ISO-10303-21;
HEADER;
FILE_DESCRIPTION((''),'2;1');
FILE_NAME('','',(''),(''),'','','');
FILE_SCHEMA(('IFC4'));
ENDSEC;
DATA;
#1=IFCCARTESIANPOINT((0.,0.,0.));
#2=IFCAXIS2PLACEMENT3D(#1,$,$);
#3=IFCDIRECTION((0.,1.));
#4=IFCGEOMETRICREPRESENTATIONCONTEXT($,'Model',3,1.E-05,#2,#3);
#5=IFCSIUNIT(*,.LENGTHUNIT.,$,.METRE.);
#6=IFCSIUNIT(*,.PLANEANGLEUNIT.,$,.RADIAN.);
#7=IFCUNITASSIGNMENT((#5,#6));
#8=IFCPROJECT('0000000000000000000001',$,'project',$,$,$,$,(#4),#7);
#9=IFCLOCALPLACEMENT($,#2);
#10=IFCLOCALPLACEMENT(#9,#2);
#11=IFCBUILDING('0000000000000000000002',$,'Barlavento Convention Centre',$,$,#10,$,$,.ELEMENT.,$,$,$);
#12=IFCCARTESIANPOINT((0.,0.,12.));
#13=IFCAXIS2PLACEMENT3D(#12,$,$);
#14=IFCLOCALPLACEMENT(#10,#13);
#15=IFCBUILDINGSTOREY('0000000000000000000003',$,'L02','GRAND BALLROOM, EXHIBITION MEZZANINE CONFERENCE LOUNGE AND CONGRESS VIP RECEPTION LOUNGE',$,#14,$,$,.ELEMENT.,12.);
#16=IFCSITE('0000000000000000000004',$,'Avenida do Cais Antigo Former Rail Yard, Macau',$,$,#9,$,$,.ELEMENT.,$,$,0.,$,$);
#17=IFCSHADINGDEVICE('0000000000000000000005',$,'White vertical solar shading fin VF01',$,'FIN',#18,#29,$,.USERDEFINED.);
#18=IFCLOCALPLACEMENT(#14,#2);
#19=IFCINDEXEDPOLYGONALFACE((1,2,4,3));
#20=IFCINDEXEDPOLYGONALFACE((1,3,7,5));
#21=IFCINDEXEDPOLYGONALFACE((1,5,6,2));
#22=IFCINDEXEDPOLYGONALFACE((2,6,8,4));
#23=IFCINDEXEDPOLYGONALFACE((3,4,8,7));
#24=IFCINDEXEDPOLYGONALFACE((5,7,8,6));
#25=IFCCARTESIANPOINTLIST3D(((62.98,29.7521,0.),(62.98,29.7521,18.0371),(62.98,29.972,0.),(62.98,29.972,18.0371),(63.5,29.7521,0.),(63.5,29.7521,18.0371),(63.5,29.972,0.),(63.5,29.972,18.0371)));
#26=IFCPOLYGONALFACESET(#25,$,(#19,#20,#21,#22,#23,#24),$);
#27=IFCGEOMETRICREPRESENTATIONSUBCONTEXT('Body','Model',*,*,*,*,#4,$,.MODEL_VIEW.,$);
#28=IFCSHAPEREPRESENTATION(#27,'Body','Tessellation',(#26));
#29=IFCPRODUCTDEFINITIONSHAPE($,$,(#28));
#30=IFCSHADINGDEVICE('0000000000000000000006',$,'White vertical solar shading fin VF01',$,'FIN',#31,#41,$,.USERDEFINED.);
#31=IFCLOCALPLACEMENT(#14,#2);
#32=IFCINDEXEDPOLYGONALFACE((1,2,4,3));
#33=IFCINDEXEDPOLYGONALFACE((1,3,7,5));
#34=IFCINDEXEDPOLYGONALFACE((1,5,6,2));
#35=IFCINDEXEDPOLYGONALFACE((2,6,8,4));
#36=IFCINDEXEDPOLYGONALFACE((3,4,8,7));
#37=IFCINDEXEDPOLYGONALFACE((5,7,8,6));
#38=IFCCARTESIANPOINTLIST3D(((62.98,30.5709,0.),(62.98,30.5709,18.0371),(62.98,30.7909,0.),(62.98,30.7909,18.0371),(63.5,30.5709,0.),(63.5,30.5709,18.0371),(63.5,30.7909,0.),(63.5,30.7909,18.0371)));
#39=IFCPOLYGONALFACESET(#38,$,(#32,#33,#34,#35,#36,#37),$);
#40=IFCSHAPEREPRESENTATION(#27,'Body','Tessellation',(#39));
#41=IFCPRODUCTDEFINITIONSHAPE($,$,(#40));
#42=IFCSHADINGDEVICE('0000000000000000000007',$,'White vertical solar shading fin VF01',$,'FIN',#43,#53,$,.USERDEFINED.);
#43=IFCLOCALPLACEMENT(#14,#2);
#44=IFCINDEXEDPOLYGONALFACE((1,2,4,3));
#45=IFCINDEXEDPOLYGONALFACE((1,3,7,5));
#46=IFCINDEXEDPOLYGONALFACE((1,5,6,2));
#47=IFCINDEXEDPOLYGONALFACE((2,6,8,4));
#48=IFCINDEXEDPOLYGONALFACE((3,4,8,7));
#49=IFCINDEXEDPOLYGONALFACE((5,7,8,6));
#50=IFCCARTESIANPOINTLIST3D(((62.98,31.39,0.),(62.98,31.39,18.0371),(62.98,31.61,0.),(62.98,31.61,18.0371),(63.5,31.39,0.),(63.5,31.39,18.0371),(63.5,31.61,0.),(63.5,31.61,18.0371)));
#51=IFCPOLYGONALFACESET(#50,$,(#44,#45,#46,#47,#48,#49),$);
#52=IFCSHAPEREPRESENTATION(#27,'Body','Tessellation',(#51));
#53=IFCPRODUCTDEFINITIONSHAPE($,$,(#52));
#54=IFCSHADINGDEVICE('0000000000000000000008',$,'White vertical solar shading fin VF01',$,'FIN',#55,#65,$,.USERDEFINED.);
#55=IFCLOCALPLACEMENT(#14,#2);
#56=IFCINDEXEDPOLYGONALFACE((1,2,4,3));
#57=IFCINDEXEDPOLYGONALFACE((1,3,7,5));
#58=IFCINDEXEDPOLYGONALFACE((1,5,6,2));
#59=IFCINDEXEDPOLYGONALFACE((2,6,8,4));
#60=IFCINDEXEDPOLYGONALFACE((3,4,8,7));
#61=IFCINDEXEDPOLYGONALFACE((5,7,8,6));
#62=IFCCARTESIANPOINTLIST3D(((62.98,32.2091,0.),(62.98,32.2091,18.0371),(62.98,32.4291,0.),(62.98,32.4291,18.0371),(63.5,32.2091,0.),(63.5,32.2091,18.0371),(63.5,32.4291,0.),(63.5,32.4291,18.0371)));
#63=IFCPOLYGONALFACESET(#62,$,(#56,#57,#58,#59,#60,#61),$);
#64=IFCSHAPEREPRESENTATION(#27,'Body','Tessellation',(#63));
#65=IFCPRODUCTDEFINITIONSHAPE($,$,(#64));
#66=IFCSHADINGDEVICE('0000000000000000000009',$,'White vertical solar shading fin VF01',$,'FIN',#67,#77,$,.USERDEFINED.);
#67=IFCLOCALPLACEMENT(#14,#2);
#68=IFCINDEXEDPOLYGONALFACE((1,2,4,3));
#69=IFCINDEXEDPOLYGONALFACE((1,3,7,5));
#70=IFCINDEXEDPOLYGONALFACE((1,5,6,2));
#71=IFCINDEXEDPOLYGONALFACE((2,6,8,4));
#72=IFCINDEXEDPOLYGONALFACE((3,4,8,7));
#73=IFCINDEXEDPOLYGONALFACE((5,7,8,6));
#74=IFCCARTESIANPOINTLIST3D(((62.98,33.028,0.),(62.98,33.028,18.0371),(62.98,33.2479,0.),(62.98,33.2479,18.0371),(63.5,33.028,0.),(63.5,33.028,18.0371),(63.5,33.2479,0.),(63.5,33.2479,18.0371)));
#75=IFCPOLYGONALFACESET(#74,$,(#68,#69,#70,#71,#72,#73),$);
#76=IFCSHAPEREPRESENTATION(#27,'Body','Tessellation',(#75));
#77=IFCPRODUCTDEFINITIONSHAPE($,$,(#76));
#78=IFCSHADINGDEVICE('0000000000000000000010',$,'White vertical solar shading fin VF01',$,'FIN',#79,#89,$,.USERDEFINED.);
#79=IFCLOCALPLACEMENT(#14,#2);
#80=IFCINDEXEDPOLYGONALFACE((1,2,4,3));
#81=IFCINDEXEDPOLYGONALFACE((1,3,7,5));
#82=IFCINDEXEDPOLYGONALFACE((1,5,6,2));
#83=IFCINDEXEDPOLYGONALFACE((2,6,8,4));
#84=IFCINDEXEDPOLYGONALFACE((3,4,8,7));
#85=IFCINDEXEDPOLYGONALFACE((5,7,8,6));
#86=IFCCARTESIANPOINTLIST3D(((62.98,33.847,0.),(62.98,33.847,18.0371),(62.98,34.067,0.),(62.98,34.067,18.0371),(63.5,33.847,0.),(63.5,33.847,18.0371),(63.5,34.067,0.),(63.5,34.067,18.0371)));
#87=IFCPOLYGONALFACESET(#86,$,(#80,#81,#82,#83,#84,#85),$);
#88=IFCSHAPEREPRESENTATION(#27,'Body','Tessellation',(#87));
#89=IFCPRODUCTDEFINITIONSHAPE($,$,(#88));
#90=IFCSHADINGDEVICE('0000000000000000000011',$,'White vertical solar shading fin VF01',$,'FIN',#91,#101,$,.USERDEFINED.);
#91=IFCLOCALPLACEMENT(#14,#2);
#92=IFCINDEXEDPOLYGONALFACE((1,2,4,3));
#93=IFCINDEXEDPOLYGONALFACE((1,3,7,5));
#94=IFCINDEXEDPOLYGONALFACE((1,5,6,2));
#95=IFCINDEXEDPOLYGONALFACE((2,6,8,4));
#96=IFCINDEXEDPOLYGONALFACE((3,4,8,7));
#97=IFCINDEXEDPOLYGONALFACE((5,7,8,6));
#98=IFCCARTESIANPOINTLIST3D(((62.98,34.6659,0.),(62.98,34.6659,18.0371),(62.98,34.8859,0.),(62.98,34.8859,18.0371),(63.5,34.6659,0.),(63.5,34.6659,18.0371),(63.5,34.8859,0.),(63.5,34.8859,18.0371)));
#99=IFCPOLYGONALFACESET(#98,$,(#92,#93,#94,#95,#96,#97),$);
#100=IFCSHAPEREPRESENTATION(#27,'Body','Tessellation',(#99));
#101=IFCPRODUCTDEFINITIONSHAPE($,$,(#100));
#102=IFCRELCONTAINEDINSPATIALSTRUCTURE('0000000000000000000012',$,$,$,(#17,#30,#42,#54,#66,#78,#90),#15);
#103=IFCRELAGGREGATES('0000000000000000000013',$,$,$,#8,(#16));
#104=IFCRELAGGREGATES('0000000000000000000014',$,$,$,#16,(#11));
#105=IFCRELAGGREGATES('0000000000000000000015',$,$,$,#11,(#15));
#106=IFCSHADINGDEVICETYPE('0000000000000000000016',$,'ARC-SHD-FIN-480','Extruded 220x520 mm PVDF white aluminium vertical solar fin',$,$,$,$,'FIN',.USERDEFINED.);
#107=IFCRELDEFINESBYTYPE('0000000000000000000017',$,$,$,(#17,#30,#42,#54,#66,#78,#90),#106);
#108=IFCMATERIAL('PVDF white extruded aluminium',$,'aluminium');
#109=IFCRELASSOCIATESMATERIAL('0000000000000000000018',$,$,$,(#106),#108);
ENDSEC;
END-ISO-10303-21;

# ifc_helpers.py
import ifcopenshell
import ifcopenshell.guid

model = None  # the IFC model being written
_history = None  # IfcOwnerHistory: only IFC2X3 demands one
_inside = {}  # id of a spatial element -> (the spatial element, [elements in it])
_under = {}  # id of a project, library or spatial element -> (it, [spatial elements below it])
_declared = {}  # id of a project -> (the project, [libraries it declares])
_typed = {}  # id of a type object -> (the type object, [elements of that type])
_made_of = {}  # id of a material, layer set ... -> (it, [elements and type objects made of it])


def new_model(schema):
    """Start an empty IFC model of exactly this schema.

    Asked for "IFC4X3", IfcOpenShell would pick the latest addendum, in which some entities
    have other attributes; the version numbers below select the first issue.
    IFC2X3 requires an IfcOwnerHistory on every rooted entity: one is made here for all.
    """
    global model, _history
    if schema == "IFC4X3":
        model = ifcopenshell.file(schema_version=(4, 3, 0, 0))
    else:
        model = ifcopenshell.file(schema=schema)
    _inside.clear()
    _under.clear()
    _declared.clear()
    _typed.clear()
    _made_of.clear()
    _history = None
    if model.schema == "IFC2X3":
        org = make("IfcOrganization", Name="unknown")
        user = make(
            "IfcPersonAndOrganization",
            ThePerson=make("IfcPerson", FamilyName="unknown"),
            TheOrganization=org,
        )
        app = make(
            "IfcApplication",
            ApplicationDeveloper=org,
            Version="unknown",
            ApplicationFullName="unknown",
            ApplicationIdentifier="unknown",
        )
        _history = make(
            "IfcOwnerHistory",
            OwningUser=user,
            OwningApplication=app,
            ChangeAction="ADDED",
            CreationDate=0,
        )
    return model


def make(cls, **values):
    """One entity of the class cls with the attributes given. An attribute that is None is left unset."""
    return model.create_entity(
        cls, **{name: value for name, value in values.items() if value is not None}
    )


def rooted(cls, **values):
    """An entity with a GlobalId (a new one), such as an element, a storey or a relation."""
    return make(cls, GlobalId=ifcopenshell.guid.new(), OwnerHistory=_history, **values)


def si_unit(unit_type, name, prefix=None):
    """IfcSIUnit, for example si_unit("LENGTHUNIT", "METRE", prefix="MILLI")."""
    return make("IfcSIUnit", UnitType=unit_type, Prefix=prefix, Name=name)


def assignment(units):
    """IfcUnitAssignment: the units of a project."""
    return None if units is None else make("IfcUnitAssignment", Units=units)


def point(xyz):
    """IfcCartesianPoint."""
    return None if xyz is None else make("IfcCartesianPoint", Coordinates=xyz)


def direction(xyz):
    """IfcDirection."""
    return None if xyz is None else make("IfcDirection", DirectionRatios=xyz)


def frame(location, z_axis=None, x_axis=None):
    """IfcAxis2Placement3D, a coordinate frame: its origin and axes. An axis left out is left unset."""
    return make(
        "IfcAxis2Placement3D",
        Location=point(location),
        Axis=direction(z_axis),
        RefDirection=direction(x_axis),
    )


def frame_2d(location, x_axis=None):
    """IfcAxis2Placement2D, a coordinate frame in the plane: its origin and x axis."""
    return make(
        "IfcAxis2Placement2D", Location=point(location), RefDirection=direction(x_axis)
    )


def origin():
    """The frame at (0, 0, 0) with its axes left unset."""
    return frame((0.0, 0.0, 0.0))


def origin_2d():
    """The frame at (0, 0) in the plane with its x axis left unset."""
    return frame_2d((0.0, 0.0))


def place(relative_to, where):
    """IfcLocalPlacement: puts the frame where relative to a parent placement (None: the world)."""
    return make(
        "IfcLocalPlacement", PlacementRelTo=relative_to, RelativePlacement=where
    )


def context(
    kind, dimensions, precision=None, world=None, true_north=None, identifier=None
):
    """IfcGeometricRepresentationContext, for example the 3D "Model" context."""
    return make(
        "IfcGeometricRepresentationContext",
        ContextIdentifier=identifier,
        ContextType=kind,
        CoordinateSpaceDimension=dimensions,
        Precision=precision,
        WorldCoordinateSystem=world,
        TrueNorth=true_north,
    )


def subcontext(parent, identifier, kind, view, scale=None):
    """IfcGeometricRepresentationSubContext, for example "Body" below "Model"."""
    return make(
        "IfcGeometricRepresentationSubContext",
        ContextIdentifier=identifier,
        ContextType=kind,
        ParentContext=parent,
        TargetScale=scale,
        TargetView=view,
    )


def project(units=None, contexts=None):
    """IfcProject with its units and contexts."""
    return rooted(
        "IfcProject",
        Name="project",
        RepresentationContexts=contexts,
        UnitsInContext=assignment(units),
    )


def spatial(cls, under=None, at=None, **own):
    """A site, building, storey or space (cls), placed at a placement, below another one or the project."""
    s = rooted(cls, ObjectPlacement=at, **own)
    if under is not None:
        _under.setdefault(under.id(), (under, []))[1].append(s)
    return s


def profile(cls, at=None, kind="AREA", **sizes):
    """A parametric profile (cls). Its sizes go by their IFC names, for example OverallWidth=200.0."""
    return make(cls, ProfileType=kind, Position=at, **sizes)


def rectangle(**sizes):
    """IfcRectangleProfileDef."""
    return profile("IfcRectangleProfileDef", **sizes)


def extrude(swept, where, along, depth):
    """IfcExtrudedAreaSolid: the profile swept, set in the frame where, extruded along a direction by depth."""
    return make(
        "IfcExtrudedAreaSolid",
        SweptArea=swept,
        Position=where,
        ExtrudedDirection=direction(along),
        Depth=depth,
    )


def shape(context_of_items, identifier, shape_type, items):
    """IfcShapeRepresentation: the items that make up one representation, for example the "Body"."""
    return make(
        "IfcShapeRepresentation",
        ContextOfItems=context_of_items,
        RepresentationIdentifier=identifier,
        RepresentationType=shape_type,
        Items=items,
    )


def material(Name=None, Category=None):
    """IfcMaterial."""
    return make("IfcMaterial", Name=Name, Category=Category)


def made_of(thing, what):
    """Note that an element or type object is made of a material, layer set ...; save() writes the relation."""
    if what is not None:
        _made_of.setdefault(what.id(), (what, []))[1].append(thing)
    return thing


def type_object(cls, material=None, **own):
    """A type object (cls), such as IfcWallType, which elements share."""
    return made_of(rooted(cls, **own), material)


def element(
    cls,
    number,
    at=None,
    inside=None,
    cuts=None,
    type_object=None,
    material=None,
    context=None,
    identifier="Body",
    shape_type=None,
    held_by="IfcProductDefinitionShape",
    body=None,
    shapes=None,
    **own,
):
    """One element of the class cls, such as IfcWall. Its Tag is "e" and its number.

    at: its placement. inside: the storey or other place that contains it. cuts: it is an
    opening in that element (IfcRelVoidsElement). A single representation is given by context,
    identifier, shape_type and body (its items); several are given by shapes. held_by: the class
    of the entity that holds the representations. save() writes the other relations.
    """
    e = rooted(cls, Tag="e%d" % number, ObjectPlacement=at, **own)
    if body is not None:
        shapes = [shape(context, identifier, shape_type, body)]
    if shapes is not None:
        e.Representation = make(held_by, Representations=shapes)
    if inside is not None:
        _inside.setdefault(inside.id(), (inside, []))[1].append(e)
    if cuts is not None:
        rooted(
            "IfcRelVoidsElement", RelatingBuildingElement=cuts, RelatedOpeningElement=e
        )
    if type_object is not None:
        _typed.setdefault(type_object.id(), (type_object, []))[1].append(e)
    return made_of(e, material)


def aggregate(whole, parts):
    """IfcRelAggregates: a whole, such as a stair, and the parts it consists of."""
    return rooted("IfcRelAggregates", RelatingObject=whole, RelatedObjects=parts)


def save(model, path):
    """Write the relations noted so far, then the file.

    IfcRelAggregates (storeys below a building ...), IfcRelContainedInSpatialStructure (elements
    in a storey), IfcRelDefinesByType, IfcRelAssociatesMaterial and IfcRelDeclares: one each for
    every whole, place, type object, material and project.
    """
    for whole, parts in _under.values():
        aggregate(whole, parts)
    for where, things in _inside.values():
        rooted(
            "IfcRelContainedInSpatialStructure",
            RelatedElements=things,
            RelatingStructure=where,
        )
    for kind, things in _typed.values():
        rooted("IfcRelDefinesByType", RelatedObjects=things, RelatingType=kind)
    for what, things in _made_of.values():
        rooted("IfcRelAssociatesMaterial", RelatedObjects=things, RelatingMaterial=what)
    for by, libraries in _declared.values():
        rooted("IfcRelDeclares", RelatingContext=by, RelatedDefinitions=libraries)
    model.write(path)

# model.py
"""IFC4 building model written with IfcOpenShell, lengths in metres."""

from ifc_helpers import new_model, si_unit, direction, frame, origin, origin_2d, place, context, subcontext, project, spatial, rectangle, extrude, material, type_object, element, save


model = new_model("IFC4")

# Units and contexts
model_context = context("Model", 3, precision=1e-05, world=origin(), true_north=direction((0.0, 1.0)))
body_context = subcontext(model_context, "Body", "Model", "MODEL_VIEW")
ifc_project = project(units=[si_unit("LENGTHUNIT", "METRE"), si_unit("PLANEANGLEUNIT", "RADIAN")], contexts=[model_context])

# Site, building, storey
site_placement = place(None, origin())
site = spatial("IfcSite", under=ifc_project, at=site_placement, Name="Avenida do Cais Antigo Former Rail Yard, Macau", CompositionType="ELEMENT", RefElevation=0.0)
building_placement = place(site_placement, origin())
building = spatial("IfcBuilding", under=site, at=building_placement, Name="Barlavento Convention Centre", CompositionType="ELEMENT")
storey_placement = place(building_placement, frame((0.0, 0.0, 12.0)))
storey = spatial("IfcBuildingStorey", under=building, at=storey_placement, Name="L02", Description="GRAND BALLROOM, EXHIBITION MEZZANINE CONFERENCE LOUNGE AND CONGRESS VIP RECEPTION LOUNGE", CompositionType="ELEMENT", Elevation=12.0)

# Shading devices
ifc_material_1 = material(Name="PVDF white extruded aluminium", Category="aluminium")
shading_device_type = type_object("IfcShadingDeviceType", Name="ARC-SHD-FIN-480", Description="Extruded 220x520 mm PVDF white aluminium vertical solar fin", ElementType="FIN", PredefinedType="USERDEFINED", material=ifc_material_1)
for number, where, z_axis, x_axis, name in (
    (1, (63.24, 29.8621, 0.0), (0.0, 0.0, 1.0), (0.0, 1.0, 0.0), "White vertical solar shading fin VF01"),
    (2, (63.24, 30.6809, 0.0), (0.0, 0.0, 1.0), (0.0, 1.0, 0.0), "White vertical solar shading fin VF01"),
    (3, (63.24, 31.5, 0.0), (0.0, 0.0, 1.0), (0.0, 1.0, 0.0), "White vertical solar shading fin VF01"),
    (4, (63.24, 32.3191, 0.0), (0.0, 0.0, 1.0), (0.0, 1.0, 0.0), "White vertical solar shading fin VF01"),
    (5, (63.24, 33.1379, 0.0), (0.0, 0.0, 1.0), (0.0, 1.0, 0.0), "White vertical solar shading fin VF01"),
    (6, (63.24, 33.957, 0.0), (0.0, 0.0, 1.0), (0.0, 1.0, 0.0), "White vertical solar shading fin VF01"),
    (7, (63.24, 34.7759, 0.0), (0.0, 0.0, 1.0), (0.0, 1.0, 0.0), "White vertical solar shading fin VF01"),
):
    element("IfcShadingDevice", number, at=place(storey_placement, frame(where, z_axis=z_axis, x_axis=x_axis)), inside=storey, type_object=shading_device_type, Name=name, ObjectType="FIN", PredefinedType="USERDEFINED", context=body_context, shape_type="SweptSolid", body=[
        extrude(rectangle(XDim=0.22, YDim=0.52, at=origin_2d()), origin(), (0.0, 0.0, 1.0), 18.0371),
    ])

save(model, "model.ifc")
